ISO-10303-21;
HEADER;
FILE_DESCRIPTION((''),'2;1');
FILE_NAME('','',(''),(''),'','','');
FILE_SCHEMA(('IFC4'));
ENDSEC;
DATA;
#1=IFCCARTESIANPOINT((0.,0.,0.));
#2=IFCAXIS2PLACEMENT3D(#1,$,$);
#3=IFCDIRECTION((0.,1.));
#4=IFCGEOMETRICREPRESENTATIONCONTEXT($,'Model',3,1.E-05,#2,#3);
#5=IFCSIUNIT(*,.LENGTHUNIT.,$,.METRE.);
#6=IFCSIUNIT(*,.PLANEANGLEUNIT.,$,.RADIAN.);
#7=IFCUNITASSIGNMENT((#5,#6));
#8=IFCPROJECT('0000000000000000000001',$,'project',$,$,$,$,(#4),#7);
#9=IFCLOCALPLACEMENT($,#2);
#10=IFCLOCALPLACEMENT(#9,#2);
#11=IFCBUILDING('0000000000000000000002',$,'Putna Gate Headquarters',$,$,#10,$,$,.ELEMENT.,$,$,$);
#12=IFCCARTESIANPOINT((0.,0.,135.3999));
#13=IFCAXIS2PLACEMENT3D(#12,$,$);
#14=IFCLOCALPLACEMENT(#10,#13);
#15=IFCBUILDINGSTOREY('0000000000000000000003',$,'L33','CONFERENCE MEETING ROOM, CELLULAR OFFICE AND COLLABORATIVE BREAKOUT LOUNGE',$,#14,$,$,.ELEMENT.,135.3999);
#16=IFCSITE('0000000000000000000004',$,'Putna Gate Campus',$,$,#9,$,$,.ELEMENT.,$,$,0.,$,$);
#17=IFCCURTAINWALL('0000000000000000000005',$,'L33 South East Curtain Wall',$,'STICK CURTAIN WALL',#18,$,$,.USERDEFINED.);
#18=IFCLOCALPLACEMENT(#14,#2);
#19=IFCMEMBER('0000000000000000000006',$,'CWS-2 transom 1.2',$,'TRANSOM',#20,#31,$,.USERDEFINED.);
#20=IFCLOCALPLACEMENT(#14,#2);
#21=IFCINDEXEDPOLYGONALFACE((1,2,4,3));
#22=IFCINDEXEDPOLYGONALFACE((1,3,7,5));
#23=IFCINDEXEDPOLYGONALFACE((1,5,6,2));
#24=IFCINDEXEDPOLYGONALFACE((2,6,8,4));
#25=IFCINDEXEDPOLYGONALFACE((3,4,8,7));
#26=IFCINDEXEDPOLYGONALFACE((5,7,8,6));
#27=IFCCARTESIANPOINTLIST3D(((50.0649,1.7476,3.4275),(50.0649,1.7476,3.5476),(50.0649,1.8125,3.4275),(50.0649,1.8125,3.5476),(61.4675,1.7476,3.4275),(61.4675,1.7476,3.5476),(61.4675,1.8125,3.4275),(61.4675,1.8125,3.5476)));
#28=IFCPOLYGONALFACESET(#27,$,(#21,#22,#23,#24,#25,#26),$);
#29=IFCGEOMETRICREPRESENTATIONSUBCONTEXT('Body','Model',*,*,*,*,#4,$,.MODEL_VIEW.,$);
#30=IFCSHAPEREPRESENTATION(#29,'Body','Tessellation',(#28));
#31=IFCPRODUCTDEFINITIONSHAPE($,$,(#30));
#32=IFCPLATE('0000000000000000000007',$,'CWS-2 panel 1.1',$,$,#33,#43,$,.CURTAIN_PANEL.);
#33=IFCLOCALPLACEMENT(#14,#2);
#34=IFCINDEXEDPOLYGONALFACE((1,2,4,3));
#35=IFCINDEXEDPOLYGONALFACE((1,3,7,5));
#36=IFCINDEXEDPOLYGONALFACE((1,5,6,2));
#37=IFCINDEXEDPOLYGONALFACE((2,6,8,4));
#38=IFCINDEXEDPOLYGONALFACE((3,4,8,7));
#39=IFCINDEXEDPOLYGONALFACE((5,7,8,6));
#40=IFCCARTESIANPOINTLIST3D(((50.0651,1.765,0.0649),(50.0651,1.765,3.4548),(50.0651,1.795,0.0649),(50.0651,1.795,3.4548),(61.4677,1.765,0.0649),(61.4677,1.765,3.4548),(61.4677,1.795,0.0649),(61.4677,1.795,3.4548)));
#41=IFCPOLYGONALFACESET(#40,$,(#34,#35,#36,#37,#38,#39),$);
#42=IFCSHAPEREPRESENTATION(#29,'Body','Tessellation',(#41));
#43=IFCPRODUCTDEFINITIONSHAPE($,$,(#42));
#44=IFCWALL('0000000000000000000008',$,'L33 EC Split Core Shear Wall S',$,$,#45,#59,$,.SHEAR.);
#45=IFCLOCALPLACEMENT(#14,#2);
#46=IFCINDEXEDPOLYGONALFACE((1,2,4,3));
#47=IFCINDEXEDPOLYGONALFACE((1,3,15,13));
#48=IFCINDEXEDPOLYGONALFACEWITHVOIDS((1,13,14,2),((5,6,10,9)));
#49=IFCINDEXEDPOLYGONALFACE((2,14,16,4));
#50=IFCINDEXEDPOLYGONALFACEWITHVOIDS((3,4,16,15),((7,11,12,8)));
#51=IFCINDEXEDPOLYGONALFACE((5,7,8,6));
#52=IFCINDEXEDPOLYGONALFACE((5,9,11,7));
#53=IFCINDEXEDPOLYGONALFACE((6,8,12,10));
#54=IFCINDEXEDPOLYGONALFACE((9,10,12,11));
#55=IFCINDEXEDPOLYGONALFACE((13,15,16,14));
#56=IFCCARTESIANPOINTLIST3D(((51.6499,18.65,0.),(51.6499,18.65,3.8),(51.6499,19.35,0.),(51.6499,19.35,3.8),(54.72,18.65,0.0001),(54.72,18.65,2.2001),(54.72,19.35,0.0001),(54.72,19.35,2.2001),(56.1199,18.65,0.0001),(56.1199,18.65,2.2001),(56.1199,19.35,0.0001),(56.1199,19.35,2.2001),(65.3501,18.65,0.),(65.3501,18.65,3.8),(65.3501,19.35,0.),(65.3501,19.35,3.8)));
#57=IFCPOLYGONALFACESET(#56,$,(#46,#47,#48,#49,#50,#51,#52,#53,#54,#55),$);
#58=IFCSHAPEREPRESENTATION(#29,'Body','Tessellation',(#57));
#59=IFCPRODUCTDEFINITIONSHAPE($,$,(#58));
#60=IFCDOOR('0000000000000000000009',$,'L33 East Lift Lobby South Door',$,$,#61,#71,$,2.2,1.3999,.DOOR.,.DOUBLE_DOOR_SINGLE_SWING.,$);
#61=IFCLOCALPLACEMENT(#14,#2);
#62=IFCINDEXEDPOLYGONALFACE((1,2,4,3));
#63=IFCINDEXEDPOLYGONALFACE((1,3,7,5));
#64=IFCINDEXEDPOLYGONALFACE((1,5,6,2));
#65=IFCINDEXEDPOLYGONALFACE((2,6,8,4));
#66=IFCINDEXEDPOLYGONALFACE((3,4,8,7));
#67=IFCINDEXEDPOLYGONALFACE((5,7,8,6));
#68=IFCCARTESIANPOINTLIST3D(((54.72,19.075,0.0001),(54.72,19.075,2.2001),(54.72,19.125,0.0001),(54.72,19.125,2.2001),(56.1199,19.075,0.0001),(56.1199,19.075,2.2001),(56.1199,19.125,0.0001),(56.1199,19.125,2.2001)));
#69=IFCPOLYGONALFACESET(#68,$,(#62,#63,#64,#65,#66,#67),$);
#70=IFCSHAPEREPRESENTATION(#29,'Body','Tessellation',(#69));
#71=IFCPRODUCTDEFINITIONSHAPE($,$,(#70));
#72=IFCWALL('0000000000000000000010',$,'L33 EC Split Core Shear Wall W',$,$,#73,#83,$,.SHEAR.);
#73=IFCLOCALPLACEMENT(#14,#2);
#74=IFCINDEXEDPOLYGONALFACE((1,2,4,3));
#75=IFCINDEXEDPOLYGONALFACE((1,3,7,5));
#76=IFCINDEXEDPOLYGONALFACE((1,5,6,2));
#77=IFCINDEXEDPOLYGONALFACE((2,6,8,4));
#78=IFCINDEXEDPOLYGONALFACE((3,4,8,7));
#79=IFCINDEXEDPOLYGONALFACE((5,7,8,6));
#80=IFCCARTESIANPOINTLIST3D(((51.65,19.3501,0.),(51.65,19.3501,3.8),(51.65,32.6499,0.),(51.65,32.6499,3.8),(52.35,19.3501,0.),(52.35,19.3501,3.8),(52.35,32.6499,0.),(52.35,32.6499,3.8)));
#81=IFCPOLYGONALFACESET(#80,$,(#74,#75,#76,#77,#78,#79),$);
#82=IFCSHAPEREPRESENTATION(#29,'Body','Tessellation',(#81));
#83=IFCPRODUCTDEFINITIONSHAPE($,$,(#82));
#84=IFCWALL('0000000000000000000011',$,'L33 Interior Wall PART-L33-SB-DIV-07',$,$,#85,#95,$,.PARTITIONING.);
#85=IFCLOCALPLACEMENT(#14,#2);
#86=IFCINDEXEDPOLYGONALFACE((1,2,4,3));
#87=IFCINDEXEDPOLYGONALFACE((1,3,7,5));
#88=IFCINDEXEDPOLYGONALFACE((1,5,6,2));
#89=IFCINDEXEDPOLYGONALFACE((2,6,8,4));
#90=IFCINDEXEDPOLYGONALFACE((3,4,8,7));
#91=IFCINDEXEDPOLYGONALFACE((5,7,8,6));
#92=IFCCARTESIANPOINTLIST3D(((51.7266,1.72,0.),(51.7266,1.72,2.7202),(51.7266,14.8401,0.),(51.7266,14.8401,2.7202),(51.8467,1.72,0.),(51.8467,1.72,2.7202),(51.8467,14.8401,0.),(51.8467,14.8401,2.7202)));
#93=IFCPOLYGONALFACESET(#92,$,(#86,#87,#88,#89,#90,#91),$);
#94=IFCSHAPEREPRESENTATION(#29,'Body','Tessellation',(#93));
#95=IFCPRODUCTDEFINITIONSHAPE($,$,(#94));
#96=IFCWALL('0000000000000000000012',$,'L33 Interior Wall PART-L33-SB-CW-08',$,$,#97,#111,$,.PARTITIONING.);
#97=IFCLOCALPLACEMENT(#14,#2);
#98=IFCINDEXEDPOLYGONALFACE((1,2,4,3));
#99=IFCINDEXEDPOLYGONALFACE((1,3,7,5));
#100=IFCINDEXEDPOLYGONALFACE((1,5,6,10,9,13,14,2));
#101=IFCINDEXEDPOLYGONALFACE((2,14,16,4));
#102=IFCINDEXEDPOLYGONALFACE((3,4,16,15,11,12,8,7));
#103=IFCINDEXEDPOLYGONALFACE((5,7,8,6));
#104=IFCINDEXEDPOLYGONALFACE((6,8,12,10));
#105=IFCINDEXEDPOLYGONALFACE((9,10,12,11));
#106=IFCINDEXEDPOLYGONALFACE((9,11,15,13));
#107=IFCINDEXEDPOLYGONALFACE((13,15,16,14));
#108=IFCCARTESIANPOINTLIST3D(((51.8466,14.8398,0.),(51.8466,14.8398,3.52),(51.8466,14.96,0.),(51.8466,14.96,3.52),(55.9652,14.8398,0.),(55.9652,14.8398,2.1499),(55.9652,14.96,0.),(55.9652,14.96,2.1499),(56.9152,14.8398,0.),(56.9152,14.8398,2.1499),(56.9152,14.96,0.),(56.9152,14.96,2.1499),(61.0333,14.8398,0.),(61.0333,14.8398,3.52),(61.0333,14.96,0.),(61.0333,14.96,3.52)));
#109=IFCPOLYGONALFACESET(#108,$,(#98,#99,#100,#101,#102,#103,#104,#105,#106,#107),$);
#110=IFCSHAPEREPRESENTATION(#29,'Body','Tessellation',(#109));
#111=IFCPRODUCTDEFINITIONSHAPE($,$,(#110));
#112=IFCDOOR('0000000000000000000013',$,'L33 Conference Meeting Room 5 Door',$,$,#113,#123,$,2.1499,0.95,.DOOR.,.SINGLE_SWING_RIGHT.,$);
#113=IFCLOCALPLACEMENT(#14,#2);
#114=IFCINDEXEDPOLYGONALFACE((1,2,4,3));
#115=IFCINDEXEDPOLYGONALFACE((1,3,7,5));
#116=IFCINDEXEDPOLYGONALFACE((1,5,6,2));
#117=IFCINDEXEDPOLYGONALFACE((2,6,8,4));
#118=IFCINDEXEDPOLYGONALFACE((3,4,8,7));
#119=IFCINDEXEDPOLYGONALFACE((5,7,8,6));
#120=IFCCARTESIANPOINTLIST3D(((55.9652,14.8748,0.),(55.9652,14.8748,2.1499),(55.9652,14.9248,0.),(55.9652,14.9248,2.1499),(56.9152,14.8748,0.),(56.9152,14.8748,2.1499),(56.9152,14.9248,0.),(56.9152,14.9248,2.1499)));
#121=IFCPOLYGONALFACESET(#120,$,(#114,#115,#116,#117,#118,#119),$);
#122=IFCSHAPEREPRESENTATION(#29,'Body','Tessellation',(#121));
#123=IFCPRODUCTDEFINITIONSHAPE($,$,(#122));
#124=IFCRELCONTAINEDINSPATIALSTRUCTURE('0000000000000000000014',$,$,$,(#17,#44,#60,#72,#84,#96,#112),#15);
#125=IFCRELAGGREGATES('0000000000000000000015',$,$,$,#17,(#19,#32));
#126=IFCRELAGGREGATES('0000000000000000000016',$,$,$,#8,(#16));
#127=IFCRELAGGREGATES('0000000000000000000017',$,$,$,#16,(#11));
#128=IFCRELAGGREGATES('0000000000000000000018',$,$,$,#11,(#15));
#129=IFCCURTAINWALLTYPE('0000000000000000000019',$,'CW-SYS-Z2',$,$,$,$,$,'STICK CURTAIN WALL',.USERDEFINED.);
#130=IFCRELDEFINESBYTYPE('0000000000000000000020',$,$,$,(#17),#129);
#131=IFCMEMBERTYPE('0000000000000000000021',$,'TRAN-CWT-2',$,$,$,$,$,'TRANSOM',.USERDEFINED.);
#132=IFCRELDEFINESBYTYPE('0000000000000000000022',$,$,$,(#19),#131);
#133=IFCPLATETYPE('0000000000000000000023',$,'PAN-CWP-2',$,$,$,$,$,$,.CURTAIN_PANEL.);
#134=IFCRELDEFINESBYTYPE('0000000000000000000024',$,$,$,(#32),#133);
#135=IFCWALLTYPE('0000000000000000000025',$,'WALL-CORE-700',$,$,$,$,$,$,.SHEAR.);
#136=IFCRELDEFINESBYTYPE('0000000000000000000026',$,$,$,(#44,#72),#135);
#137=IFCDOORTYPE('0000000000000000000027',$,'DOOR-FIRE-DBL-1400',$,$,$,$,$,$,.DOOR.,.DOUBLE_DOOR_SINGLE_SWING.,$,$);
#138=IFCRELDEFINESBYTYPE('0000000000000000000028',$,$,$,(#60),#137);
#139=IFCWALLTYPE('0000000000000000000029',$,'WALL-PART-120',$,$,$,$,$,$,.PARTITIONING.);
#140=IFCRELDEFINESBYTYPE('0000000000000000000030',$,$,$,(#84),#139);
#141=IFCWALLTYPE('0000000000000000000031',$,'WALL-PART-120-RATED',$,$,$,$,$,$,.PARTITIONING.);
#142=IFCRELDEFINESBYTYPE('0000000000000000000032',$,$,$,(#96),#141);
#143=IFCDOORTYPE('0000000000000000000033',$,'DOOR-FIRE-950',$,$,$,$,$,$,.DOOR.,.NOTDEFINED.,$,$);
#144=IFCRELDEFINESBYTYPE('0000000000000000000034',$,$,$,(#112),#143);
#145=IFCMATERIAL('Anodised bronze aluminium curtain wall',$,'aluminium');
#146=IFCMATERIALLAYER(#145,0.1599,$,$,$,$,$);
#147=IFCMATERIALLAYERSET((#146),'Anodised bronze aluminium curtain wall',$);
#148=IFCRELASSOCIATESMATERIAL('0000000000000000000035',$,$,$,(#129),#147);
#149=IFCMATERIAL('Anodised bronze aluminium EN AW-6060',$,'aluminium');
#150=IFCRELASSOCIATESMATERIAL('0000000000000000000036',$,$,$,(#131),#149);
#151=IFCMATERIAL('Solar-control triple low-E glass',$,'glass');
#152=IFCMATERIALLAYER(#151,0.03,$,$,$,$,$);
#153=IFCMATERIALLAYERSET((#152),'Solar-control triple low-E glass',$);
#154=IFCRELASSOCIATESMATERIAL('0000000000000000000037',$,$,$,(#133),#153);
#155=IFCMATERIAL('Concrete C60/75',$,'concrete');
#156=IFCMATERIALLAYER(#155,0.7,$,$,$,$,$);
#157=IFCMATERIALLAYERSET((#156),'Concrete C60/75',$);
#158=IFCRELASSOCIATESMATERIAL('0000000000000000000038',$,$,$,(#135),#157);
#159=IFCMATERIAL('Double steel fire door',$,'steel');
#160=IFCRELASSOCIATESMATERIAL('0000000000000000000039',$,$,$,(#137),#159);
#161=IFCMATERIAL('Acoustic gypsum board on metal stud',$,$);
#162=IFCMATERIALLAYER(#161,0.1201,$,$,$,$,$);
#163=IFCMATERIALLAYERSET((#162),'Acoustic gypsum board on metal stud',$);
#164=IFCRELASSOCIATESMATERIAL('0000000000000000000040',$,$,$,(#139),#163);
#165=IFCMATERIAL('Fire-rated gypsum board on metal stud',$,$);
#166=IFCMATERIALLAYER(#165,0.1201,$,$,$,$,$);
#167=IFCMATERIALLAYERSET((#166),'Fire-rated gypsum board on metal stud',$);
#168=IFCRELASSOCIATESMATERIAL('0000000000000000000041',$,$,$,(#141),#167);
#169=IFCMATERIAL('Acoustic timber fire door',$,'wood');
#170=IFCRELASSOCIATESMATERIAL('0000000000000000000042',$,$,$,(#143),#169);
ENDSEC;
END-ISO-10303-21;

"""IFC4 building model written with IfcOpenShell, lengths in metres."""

from ifc_helpers import new_model, si_unit, direction, frame, frame_2d, origin, origin_2d, place, context, subcontext, project, spatial, rectangle, extrude, material, layer, layer_set, material_profile, profile_set, type_object, element, fill, aggregate, save


model = new_model("IFC4")

# Units and contexts
model_context = context("Model", 3, precision=1e-05, world=origin(), true_north=direction((0.0, 1.0)))
body_context = subcontext(model_context, "Body", "Model", "MODEL_VIEW")
ifc_project = project(units=[si_unit("LENGTHUNIT", "METRE"), si_unit("PLANEANGLEUNIT", "RADIAN")], contexts=[model_context])

# Site, building, storey
site_placement = place(None, origin())
site = spatial("IfcSite", under=ifc_project, at=site_placement, Name="Putna Gate Campus", CompositionType="ELEMENT", RefElevation=0.0)
building_placement = place(site_placement, origin())
building = spatial("IfcBuilding", under=site, at=building_placement, Name="Putna Gate Headquarters", CompositionType="ELEMENT")
storey_placement = place(building_placement, frame((0.0, 0.0, 135.3999)))
storey = spatial("IfcBuildingStorey", under=building, at=storey_placement, Name="L33", Description="CONFERENCE MEETING ROOM, CELLULAR OFFICE AND COLLABORATIVE BREAKOUT LOUNGE", CompositionType="ELEMENT", Elevation=135.3999)

# Shared definitions
ifc_material_1 = material(Name="Concrete C60/75", Category="concrete")

# Curtain wall
ifc_material_2 = material(Name="Anodised bronze aluminium curtain wall", Category="aluminium")
ifc_layer_1 = layer(ifc_material_2, 0.1599)
ifc_layer_set_1 = layer_set([ifc_layer_1], Name="Anodised bronze aluminium curtain wall")
curtain_wall_type_1 = type_object("IfcCurtainWallType", Name="CW-SYS-Z2", ElementType="STICK CURTAIN WALL", PredefinedType="USERDEFINED", material=ifc_layer_set_1)
curtain_wall_1_placement = place(storey_placement, origin())
curtain_wall_1 = element("IfcCurtainWall", 1, at=curtain_wall_1_placement, inside=storey, type_object=curtain_wall_type_1, Name="L33 South East Curtain Wall", ObjectType="STICK CURTAIN WALL", PredefinedType="USERDEFINED")
ifc_material_3 = material(Name="Anodised bronze aluminium EN AW-6060", Category="aluminium")

# Member
ifc_material_profile_1 = material_profile(ifc_material_3, rectangle(XDim=0.0649, YDim=0.1201, at=origin_2d()), Name="Anodised bronze aluminium EN AW-6060")
ifc_profile_set_1 = profile_set([ifc_material_profile_1], Name="Anodised bronze aluminium EN AW-6060")
member_type_1 = type_object("IfcMemberType", Name="TRAN-CWT-2", ElementType="TRANSOM", PredefinedType="USERDEFINED", material=ifc_profile_set_1)
member_1_placement = place(storey_placement, frame((50.0649, 1.78, 3.4875), z_axis=(1.0, 0.0, 0.0), x_axis=(0.0, 1.0, 0.0)))
member_1 = element("IfcMember", 2, at=member_1_placement, type_object=member_type_1, Name="CWS-2 transom 1.2", ObjectType="TRANSOM", PredefinedType="USERDEFINED", context=body_context, shape_type="SweptSolid", body=[
    extrude(rectangle(XDim=0.0649, YDim=0.1201, at=origin_2d()), origin(), (0.0, 0.0, 1.0), 11.4026),
])

# Plate
ifc_material_4 = material(Name="Solar-control triple low-E glass", Category="glass")
ifc_layer_2 = layer(ifc_material_4, 0.03)
ifc_layer_set_2 = layer_set([ifc_layer_2], Name="Solar-control triple low-E glass")
plate_type = type_object("IfcPlateType", Name="PAN-CWP-2", PredefinedType="CURTAIN_PANEL", material=ifc_layer_set_2)
plate_placement = place(storey_placement, frame((55.7664, 1.78, 0.0649), z_axis=(0.0, 0.0, 1.0), x_axis=(1.0, 0.0, 0.0)))
plate = element("IfcPlate", 3, at=plate_placement, type_object=plate_type, Name="CWS-2 panel 1.1", PredefinedType="CURTAIN_PANEL", context=body_context, shape_type="SweptSolid", body=[
    extrude(rectangle(XDim=11.4026, YDim=0.03, at=origin_2d()), origin(), (0.0, 0.0, 1.0), 3.3899),
])
aggregate(curtain_wall_1, [member_1, plate])

# Wall, opening, door
ifc_layer_3 = layer(ifc_material_1, 0.7)
ifc_layer_set_3 = layer_set([ifc_layer_3], Name="Concrete C60/75")
wall_type_1 = type_object("IfcWallType", Name="WALL-CORE-700", PredefinedType="SHEAR", material=ifc_layer_set_3)
wall_1_placement = place(storey_placement, frame((51.6499, 19.0, 0.0), z_axis=(0.0, 0.0, 1.0), x_axis=(1.0, 0.0, 0.0)))
wall_1 = element("IfcWall", 4, at=wall_1_placement, inside=storey, type_object=wall_type_1, Name="L33 EC Split Core Shear Wall S", PredefinedType="SHEAR", context=body_context, shape_type="SweptSolid", body=[
    extrude(rectangle(XDim=13.7002, YDim=0.7, at=frame_2d((6.8501, 0.0))), origin(), (0.0, 0.0, 1.0), 3.8),
])
opening_1_placement = place(wall_1_placement, frame((3.0701, 0.0, 0.0)))
opening_1 = element("IfcOpeningElement", 5, at=opening_1_placement, cuts=wall_1, PredefinedType="OPENING", context=body_context, shape_type="SweptSolid", body=[
    extrude(rectangle(XDim=1.3999, YDim=2.2, at=frame_2d((0.7, 1.1001))), frame((0.0, 0.3599, 0.0), z_axis=(0.0, -1.0, 0.0), x_axis=(1.0, 0.0, 0.0)), (0.0, 0.0, 1.0), 0.72),
])
ifc_material_5 = material(Name="Double steel fire door", Category="steel")
door_type_1 = type_object("IfcDoorType", Name="DOOR-FIRE-DBL-1400", OperationType="DOUBLE_DOOR_SINGLE_SWING", PredefinedType="DOOR", material=ifc_material_5)
door_1_placement = place(opening_1_placement, origin())
door_1 = element("IfcDoor", 6, at=door_1_placement, inside=storey, type_object=door_type_1, Name="L33 East Lift Lobby South Door", OperationType="DOUBLE_DOOR_SINGLE_SWING", OverallHeight=2.2, OverallWidth=1.3999, PredefinedType="DOOR", context=body_context, shape_type="SweptSolid", body=[
    extrude(rectangle(XDim=1.3999, YDim=2.2, at=frame_2d((0.7, 1.1001))), frame((0.0, 0.125, 0.0), z_axis=(0.0, -1.0, 0.0), x_axis=(1.0, 0.0, 0.0)), (0.0, 0.0, 1.0), 0.05),
])
fill(opening_1, door_1)

# Walls
wall_2_placement = place(storey_placement, frame((52.0, 19.3501, 0.0), z_axis=(0.0, 0.0, 1.0), x_axis=(0.0, 1.0, 0.0)))
element("IfcWall", 7, at=wall_2_placement, inside=storey, type_object=wall_type_1, Name="L33 EC Split Core Shear Wall W", PredefinedType="SHEAR", context=body_context, shape_type="SweptSolid", body=[
    extrude(rectangle(XDim=13.2998, YDim=0.7, at=frame_2d((6.6499, 0.0))), origin(), (0.0, 0.0, 1.0), 3.8),
])
ifc_material_6 = material(Name="Acoustic gypsum board on metal stud")
ifc_layer_4 = layer(ifc_material_6, 0.1201)
ifc_layer_set_4 = layer_set([ifc_layer_4], Name="Acoustic gypsum board on metal stud")
wall_type_2 = type_object("IfcWallType", Name="WALL-PART-120", PredefinedType="PARTITIONING", material=ifc_layer_set_4)
wall_3_placement = place(storey_placement, frame((51.7866, 1.72, 0.0), z_axis=(0.0, 0.0, 1.0), x_axis=(0.0, 1.0, 0.0)))
element("IfcWall", 8, at=wall_3_placement, inside=storey, type_object=wall_type_2, Name="L33 Interior Wall PART-L33-SB-DIV-07", PredefinedType="PARTITIONING", context=body_context, shape_type="SweptSolid", body=[
    extrude(rectangle(XDim=13.1201, YDim=0.1201, at=frame_2d((6.5601, 0.0))), origin(), (0.0, 0.0, 1.0), 2.7202),
])

# Wall, opening, door
ifc_material_7 = material(Name="Fire-rated gypsum board on metal stud")
ifc_layer_5 = layer(ifc_material_7, 0.1201)
ifc_layer_set_5 = layer_set([ifc_layer_5], Name="Fire-rated gypsum board on metal stud")
wall_type_3 = type_object("IfcWallType", Name="WALL-PART-120-RATED", PredefinedType="PARTITIONING", material=ifc_layer_set_5)
wall_4_placement = place(storey_placement, frame((51.8467, 14.8999, 0.0), z_axis=(0.0, 0.0, 1.0), x_axis=(1.0, 0.0, 0.0)))
wall_4 = element("IfcWall", 9, at=wall_4_placement, inside=storey, type_object=wall_type_3, Name="L33 Interior Wall PART-L33-SB-CW-08", PredefinedType="PARTITIONING", context=body_context, shape_type="SweptSolid", body=[
    extrude(rectangle(XDim=9.1868, YDim=0.1201, at=frame_2d((4.5933, 0.0))), origin(), (0.0, 0.0, 1.0), 3.52),
])
opening_2_placement = place(wall_4_placement, frame((4.1184, 0.0, 0.0)))
opening_2 = element("IfcOpeningElement", 10, at=opening_2_placement, cuts=wall_4, PredefinedType="OPENING", context=body_context, shape_type="SweptSolid", body=[
    extrude(rectangle(XDim=0.95, YDim=2.1499, at=frame_2d((0.4751, 1.075))), frame((0.0, 0.0701, 0.0), z_axis=(0.0, -1.0, 0.0), x_axis=(1.0, 0.0, 0.0)), (0.0, 0.0, 1.0), 0.1401),
])
ifc_material_8 = material(Name="Acoustic timber fire door", Category="wood")
door_type_2 = type_object("IfcDoorType", Name="DOOR-FIRE-950", OperationType="NOTDEFINED", PredefinedType="DOOR", material=ifc_material_8)
door_2_placement = place(opening_2_placement, origin())
door_2 = element("IfcDoor", 11, at=door_2_placement, inside=storey, type_object=door_type_2, Name="L33 Conference Meeting Room 5 Door", OperationType="SINGLE_SWING_RIGHT", OverallHeight=2.1499, OverallWidth=0.95, PredefinedType="DOOR", context=body_context, shape_type="SweptSolid", body=[
    extrude(rectangle(XDim=0.95, YDim=2.1499, at=frame_2d((0.4751, 1.075))), frame((0.0, 0.0249, 0.0), z_axis=(0.0, -1.0, 0.0), x_axis=(1.0, 0.0, 0.0)), (0.0, 0.0, 1.0), 0.05),
])
fill(opening_2, door_2)

save(model, "model.ifc")
